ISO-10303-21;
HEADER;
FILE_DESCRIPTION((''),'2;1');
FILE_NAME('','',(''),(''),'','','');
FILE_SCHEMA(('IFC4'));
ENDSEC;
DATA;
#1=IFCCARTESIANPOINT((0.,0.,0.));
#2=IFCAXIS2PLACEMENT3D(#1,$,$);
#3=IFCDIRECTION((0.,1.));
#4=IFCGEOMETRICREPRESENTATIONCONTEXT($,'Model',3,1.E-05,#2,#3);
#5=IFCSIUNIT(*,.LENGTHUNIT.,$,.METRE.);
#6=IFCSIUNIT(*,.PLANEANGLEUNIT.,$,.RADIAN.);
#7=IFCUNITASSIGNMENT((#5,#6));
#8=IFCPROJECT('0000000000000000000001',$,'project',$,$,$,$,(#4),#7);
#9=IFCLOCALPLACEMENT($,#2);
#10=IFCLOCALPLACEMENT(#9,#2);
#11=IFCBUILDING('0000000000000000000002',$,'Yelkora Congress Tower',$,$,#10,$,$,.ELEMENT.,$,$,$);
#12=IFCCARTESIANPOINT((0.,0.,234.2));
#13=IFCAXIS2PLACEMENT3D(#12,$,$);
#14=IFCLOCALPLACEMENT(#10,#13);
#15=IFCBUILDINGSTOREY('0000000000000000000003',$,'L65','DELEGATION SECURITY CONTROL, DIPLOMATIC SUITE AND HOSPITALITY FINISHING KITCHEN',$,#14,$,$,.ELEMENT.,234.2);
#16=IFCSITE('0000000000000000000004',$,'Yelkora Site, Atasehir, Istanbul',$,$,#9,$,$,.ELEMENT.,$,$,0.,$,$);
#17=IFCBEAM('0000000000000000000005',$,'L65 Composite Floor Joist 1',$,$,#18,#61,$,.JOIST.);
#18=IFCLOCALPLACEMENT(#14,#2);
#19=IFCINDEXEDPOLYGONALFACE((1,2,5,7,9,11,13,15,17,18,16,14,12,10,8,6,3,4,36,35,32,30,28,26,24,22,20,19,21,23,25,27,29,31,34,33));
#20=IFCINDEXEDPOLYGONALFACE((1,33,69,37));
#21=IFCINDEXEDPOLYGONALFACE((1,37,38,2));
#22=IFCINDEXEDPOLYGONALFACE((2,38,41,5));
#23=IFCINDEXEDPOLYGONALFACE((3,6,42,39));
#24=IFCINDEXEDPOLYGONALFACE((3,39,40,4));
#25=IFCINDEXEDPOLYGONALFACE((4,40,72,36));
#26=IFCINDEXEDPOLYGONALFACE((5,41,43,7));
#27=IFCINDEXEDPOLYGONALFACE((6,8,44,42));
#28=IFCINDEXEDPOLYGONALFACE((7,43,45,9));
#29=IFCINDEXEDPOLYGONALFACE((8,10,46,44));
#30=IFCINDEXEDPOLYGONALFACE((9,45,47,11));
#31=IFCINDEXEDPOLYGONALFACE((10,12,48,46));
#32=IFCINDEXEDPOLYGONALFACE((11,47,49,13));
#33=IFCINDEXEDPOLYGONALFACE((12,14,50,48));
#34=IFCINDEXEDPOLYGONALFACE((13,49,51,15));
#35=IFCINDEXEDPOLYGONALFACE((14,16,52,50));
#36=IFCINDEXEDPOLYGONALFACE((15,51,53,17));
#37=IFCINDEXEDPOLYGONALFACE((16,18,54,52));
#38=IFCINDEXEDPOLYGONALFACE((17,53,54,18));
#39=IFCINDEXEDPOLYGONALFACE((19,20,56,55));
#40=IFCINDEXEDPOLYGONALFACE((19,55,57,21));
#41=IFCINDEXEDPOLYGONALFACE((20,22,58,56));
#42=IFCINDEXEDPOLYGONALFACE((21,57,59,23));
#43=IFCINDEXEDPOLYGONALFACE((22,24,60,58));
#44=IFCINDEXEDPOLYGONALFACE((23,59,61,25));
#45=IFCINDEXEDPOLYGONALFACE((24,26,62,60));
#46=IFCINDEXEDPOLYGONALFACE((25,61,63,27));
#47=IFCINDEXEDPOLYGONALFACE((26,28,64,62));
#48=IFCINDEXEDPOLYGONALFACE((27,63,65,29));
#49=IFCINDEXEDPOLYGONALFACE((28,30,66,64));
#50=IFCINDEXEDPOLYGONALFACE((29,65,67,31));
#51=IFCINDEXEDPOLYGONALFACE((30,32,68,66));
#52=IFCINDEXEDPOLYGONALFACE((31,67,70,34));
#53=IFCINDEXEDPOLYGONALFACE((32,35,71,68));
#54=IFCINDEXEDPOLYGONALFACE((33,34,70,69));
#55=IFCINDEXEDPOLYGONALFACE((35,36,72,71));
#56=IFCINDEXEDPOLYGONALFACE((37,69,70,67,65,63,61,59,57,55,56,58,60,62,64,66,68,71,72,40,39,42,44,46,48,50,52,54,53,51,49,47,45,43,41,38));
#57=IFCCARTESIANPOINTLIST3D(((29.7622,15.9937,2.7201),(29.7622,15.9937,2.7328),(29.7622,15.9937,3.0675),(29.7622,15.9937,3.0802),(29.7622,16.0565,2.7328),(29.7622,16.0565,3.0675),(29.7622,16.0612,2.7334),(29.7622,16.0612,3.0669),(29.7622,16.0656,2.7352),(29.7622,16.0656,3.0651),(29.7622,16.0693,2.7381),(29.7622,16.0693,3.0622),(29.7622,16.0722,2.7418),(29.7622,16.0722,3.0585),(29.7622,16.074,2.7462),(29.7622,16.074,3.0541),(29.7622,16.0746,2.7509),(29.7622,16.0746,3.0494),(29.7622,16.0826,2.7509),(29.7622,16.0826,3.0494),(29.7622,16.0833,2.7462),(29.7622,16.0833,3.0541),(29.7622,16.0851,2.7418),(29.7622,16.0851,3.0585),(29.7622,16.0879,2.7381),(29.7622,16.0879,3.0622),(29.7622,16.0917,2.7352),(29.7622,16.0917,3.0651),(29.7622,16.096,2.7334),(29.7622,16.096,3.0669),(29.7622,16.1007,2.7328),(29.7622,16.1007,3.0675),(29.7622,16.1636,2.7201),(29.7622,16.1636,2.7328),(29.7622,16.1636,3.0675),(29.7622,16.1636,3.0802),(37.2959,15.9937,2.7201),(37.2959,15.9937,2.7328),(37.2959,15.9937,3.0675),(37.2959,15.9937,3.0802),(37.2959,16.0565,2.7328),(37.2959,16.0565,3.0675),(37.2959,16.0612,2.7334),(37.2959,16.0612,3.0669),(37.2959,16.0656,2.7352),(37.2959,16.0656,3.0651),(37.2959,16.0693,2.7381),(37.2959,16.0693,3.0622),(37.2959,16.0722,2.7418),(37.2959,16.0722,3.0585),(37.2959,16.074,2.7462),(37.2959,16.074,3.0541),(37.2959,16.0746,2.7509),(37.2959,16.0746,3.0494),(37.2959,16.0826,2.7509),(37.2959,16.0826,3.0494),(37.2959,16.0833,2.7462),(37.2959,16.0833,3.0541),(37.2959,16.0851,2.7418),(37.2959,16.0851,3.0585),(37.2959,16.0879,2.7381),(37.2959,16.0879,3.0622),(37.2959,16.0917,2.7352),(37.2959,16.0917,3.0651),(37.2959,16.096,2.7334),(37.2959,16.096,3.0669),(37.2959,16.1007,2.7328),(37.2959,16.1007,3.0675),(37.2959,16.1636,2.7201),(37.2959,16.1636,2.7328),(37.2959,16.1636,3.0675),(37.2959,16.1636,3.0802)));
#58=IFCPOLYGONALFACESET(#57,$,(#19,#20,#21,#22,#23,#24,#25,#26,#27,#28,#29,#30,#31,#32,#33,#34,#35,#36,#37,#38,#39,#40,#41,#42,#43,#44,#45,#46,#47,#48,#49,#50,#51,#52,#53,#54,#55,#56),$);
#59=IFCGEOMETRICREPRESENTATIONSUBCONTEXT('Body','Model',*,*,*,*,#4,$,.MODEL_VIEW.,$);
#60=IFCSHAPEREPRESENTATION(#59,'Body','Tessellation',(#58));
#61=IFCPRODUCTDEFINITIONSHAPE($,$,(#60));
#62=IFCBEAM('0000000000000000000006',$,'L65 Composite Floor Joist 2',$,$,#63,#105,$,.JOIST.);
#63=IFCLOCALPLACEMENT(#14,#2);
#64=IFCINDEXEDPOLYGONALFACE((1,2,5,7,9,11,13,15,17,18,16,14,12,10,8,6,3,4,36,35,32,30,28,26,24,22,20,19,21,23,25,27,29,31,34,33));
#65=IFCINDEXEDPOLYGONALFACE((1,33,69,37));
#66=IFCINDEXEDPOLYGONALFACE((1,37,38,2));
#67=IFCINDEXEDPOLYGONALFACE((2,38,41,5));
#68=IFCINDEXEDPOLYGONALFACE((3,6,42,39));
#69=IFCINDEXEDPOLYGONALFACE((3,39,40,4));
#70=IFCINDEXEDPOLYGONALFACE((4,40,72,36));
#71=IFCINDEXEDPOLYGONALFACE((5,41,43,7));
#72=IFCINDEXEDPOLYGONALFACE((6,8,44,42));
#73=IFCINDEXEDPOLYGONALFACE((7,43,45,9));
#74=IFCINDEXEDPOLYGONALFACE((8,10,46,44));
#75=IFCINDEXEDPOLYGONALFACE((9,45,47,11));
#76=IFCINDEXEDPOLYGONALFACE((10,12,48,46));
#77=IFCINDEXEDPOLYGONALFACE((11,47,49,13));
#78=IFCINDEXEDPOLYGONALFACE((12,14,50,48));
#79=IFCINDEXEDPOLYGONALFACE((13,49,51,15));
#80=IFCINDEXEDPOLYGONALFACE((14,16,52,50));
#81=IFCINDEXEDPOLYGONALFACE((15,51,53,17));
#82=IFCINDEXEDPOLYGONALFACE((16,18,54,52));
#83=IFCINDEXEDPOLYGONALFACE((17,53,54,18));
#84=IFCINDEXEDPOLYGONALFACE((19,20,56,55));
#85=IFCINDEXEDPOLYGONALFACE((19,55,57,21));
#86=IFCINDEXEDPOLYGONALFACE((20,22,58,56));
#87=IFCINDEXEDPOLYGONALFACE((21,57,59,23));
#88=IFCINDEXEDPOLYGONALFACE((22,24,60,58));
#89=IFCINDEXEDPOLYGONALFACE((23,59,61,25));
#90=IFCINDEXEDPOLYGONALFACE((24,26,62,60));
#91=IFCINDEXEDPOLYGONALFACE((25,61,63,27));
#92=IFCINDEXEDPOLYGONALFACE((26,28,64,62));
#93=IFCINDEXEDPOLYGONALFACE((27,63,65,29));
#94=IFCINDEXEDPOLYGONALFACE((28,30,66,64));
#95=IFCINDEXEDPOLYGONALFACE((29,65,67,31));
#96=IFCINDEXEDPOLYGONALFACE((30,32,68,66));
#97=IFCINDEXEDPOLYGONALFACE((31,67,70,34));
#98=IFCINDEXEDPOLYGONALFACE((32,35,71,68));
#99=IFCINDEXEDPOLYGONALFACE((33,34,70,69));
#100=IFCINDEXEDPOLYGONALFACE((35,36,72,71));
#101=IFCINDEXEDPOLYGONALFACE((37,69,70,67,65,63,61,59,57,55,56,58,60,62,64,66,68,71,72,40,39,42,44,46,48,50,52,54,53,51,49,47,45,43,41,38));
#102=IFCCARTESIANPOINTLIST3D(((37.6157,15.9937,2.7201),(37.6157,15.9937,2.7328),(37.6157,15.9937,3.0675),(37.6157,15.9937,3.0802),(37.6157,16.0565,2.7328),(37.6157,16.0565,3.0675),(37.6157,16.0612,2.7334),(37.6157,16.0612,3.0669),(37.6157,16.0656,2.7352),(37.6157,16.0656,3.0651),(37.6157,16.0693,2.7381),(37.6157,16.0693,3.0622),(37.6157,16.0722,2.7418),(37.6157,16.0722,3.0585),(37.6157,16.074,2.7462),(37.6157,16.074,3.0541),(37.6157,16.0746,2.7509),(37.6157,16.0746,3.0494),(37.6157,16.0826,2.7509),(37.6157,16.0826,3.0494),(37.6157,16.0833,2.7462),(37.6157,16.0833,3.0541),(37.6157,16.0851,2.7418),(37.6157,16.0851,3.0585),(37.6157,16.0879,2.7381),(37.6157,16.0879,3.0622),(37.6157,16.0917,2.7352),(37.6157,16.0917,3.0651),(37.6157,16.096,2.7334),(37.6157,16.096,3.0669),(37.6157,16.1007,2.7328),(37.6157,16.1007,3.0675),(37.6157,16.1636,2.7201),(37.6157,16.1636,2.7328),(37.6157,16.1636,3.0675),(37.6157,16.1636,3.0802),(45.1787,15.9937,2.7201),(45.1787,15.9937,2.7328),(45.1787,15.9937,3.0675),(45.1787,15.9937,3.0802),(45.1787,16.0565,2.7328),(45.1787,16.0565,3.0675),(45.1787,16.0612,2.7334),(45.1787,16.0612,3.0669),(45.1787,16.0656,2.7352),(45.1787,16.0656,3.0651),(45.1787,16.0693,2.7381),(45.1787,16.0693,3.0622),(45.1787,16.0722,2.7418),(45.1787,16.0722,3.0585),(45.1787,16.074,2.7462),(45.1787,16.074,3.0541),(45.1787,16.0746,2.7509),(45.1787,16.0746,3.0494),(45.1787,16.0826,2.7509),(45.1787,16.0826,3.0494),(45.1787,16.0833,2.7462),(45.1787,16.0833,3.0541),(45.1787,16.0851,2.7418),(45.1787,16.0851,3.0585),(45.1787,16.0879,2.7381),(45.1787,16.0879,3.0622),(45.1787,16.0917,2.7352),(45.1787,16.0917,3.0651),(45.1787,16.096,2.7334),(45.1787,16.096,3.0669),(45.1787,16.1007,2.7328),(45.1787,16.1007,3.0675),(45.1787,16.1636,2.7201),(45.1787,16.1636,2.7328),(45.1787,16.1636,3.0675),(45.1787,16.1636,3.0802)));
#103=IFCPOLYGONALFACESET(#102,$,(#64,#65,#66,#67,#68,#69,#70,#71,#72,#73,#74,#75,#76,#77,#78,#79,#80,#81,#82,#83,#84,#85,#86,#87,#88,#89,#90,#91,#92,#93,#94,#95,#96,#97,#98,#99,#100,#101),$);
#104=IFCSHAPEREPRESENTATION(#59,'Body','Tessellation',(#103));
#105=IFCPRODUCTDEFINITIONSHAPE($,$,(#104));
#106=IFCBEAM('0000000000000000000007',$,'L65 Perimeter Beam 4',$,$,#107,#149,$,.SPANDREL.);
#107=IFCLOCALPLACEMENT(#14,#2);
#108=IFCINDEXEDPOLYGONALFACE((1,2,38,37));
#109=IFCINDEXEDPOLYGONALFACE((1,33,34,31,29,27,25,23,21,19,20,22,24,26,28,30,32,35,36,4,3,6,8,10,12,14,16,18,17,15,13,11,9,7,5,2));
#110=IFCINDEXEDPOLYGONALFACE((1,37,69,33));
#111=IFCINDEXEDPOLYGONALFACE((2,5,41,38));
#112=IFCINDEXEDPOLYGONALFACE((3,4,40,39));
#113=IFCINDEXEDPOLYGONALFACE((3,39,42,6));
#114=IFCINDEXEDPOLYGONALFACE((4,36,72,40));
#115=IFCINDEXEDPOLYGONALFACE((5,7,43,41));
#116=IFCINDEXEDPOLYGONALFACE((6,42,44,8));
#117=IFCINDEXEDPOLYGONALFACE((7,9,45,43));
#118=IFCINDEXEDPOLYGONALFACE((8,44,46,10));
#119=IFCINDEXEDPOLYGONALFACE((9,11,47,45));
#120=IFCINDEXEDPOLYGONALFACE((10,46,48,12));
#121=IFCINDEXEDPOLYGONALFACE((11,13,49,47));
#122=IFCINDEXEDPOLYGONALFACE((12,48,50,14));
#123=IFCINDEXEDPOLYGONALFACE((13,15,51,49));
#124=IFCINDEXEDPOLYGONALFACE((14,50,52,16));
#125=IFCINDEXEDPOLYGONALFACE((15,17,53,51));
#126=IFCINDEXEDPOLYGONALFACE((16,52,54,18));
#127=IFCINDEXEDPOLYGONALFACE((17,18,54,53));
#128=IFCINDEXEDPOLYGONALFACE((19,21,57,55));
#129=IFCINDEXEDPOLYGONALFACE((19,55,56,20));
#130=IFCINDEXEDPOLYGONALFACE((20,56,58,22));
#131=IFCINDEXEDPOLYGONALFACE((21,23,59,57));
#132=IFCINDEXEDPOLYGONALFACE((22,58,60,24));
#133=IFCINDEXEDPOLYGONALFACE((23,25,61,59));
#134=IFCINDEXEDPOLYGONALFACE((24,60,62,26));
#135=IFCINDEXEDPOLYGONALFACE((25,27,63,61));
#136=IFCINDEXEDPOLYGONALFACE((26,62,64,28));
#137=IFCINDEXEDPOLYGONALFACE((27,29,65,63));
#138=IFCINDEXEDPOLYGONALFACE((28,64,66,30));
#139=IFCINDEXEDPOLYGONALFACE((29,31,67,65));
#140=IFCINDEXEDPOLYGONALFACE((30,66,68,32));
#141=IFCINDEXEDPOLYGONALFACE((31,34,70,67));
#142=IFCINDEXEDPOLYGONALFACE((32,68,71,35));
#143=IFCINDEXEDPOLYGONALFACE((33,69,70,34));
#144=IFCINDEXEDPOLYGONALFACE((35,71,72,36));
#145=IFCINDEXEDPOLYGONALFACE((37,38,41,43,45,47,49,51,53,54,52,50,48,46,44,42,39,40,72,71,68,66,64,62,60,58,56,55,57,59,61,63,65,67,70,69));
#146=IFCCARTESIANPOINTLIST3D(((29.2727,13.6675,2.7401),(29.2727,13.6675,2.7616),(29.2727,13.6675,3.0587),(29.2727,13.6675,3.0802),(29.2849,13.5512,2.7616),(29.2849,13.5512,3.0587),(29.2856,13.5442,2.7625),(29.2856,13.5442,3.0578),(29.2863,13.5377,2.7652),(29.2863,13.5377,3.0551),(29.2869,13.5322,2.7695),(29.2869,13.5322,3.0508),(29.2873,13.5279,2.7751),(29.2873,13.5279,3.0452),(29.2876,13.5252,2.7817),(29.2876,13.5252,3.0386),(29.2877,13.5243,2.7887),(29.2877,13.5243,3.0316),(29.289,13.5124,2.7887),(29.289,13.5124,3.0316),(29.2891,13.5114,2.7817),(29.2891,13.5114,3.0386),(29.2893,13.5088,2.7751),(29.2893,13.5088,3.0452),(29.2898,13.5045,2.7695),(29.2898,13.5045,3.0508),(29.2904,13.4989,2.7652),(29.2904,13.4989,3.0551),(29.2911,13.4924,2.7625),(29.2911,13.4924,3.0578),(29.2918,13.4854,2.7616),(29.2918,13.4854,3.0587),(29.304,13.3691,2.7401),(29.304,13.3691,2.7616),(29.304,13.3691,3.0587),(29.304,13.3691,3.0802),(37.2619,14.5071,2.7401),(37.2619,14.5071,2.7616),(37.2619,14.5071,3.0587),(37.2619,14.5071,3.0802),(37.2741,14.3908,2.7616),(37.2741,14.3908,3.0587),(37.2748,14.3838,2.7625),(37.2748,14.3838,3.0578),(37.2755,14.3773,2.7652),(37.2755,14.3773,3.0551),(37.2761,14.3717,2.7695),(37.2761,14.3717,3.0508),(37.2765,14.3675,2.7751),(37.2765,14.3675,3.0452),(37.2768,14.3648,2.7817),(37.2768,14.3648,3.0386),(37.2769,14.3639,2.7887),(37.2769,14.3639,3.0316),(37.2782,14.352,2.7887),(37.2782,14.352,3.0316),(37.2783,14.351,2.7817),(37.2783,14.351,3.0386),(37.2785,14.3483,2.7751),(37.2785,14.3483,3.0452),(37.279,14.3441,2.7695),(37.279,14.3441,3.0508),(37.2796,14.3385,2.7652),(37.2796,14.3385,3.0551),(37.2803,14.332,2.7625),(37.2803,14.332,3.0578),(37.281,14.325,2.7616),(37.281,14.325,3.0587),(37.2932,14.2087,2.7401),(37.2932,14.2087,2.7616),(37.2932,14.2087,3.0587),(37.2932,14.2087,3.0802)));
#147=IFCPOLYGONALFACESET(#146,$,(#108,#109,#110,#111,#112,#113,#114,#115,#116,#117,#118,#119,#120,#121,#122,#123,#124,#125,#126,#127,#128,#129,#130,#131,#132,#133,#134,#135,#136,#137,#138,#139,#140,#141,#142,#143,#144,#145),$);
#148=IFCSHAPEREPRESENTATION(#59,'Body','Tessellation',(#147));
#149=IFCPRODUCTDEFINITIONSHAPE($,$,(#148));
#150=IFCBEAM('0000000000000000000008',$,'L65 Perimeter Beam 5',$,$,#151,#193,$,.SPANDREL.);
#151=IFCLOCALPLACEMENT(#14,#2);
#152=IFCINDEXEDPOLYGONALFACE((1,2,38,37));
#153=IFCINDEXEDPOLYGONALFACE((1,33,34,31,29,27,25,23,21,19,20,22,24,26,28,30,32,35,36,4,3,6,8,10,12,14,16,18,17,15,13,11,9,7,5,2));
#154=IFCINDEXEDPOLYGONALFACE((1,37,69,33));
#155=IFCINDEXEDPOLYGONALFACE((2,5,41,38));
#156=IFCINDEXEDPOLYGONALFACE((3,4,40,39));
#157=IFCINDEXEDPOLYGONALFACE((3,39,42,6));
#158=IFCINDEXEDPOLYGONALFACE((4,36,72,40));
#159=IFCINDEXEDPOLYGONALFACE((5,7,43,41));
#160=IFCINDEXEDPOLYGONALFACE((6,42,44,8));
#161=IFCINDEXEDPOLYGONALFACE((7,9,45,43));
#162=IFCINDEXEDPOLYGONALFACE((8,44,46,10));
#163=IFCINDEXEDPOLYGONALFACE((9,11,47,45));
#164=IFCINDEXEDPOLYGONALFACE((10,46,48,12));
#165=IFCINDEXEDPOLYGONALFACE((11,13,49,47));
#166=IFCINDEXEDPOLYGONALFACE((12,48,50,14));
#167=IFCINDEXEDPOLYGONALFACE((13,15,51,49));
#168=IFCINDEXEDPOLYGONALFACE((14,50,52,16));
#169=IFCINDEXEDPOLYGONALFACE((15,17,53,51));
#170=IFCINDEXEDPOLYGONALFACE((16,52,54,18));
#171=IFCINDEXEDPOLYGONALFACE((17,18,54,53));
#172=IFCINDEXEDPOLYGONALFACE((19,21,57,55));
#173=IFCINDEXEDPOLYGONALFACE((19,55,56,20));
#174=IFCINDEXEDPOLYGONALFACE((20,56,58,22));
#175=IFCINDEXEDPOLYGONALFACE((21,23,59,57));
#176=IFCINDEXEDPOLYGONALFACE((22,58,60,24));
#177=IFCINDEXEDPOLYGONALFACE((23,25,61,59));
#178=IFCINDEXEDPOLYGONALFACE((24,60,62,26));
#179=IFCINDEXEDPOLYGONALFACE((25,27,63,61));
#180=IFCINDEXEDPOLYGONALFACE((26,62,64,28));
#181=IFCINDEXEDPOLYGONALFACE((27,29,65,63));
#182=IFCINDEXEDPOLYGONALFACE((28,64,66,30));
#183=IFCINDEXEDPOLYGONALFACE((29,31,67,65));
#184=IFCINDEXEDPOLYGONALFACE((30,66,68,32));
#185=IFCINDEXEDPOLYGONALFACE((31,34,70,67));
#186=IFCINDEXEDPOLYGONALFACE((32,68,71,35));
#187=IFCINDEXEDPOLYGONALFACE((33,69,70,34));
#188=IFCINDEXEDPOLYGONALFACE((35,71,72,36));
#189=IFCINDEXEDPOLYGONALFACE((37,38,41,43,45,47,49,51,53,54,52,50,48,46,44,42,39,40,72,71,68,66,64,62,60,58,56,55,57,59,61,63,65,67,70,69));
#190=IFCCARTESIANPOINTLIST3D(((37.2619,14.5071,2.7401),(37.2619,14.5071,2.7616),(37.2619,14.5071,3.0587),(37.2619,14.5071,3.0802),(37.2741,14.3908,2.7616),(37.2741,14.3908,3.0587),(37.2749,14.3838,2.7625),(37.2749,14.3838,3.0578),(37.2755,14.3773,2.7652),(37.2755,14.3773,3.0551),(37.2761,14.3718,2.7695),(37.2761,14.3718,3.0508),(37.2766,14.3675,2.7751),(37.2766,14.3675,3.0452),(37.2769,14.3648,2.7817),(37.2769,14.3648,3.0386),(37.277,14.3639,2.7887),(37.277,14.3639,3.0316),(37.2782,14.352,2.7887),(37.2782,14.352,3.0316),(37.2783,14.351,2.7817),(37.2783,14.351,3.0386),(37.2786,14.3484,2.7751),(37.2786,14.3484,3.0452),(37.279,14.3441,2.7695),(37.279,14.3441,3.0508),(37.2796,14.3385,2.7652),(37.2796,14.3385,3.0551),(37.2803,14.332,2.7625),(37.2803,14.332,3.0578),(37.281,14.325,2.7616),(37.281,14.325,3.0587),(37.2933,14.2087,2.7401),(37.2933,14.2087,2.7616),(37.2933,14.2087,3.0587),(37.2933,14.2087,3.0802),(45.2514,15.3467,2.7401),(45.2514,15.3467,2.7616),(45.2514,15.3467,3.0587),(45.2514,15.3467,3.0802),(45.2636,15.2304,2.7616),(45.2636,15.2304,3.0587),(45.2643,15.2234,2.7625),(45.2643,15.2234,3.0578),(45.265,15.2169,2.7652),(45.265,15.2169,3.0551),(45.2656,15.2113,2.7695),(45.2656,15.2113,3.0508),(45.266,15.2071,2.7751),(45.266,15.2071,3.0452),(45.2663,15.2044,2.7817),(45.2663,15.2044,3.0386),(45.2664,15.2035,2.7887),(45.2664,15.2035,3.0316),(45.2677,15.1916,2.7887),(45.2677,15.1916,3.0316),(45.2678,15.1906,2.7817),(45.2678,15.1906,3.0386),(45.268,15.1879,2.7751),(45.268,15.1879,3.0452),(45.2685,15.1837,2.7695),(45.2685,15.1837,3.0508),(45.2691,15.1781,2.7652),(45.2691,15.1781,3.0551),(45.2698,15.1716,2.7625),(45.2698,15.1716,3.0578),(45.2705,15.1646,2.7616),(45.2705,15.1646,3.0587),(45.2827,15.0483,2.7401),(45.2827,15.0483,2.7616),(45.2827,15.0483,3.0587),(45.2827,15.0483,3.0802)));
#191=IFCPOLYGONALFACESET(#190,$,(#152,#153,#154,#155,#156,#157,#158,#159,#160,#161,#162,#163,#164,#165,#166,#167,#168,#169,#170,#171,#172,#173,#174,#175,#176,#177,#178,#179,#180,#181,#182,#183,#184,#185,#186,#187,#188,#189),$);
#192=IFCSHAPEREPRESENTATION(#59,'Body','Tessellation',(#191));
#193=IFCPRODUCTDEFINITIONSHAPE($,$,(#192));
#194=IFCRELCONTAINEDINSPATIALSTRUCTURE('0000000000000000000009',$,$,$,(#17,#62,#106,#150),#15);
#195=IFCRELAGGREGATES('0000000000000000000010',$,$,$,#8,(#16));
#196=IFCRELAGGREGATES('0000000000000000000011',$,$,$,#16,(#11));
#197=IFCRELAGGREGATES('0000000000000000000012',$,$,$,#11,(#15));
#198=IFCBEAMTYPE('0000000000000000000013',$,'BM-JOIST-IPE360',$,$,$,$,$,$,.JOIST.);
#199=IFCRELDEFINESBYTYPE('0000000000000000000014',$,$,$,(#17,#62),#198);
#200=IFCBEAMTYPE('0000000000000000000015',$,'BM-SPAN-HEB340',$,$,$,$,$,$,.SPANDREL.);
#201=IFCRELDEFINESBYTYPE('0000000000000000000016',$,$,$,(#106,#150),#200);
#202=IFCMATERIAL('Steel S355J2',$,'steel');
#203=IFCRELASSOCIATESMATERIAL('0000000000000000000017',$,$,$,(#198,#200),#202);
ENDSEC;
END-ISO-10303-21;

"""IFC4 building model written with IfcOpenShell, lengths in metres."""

from ifc_helpers import new_model, si_unit, direction, frame, origin, origin_2d, place, context, subcontext, project, spatial, i_section, extrude, material, material_profile, profile_set, type_object, element, save


model = new_model("IFC4")

# Units and contexts
model_context = context("Model", 3, precision=1e-05, world=origin(), true_north=direction((0.0, 1.0)))
body_context = subcontext(model_context, "Body", "Model", "MODEL_VIEW")
ifc_project = project(units=[si_unit("LENGTHUNIT", "METRE"), si_unit("PLANEANGLEUNIT", "RADIAN")], contexts=[model_context])

# Site, building, storey
site_placement = place(None, origin())
site = spatial("IfcSite", under=ifc_project, at=site_placement, Name="Yelkora Site, Atasehir, Istanbul", CompositionType="ELEMENT", RefElevation=0.0)
building_placement = place(site_placement, origin())
building = spatial("IfcBuilding", under=site, at=building_placement, Name="Yelkora Congress Tower", CompositionType="ELEMENT")
storey_placement = place(building_placement, frame((0.0, 0.0, 234.2)))
storey = spatial("IfcBuildingStorey", under=building, at=storey_placement, Name="L65", Description="DELEGATION SECURITY CONTROL, DIPLOMATIC SUITE AND HOSPITALITY FINISHING KITCHEN", CompositionType="ELEMENT", Elevation=234.2)

# Shared definitions
ifc_material_1 = material(Name="Steel S355J2", Category="steel")

# Beams
ifc_material_profile_1 = material_profile(ifc_material_1, i_section(OverallWidth=0.1699, OverallDepth=0.3601, WebThickness=0.0081, FlangeThickness=0.0127, FilletRadius=0.0181, at=origin_2d()), Name="IPE 360")
ifc_profile_set_1 = profile_set([ifc_material_profile_1], Name="Steel S355J2")
beam_type_1 = type_object("IfcBeamType", Name="BM-JOIST-IPE360", PredefinedType="JOIST", material=ifc_profile_set_1)
beam_1_placement = place(storey_placement, frame((29.7622, 16.0786, 2.9001), z_axis=(1.0, 0.0, 0.0), x_axis=(0.0, 1.0, 0.0)))
element("IfcBeam", 1, at=beam_1_placement, inside=storey, type_object=beam_type_1, Name="L65 Composite Floor Joist 1", PredefinedType="JOIST", context=body_context, shape_type="SweptSolid", body=[
    extrude(i_section(OverallWidth=0.1699, OverallDepth=0.3601, WebThickness=0.0081, FlangeThickness=0.0127, FilletRadius=0.0181, at=origin_2d()), origin(), (0.0, 0.0, 1.0), 7.5337),
])
beam_2_placement = place(storey_placement, frame((37.6157, 16.0786, 2.9001), z_axis=(1.0, 0.0, 0.0), x_axis=(0.0, 1.0, 0.0)))
element("IfcBeam", 2, at=beam_2_placement, inside=storey, type_object=beam_type_1, Name="L65 Composite Floor Joist 2", PredefinedType="JOIST", context=body_context, shape_type="SweptSolid", body=[
    extrude(i_section(OverallWidth=0.1699, OverallDepth=0.3601, WebThickness=0.0081, FlangeThickness=0.0127, FilletRadius=0.0181, at=origin_2d()), origin(), (0.0, 0.0, 1.0), 7.563),
])
ifc_material_profile_2 = material_profile(ifc_material_1, i_section(OverallWidth=0.3, OverallDepth=0.3401, WebThickness=0.012, FlangeThickness=0.0215, FilletRadius=0.0271, at=origin_2d()), Name="HEB 340")
ifc_profile_set_2 = profile_set([ifc_material_profile_2], Name="Steel S355J2")
beam_type_2 = type_object("IfcBeamType", Name="BM-SPAN-HEB340", PredefinedType="SPANDREL", material=ifc_profile_set_2)
beam_3_placement = place(storey_placement, frame((29.2883, 13.5183, 2.9102), z_axis=(0.994523, 0.104516, 0.0), x_axis=(-0.104516, 0.994523, 0.0)))
element("IfcBeam", 3, at=beam_3_placement, inside=storey, type_object=beam_type_2, Name="L65 Perimeter Beam 4", PredefinedType="SPANDREL", context=body_context, shape_type="SweptSolid", body=[
    extrude(i_section(OverallWidth=0.3, OverallDepth=0.3401, WebThickness=0.012, FlangeThickness=0.0215, FilletRadius=0.0271, at=origin_2d()), origin(), (0.0, 0.0, 1.0), 8.0332),
])
beam_4_placement = place(storey_placement, frame((37.2776, 14.3579, 2.9102), z_axis=(0.994524, 0.104512, 0.0), x_axis=(-0.104512, 0.994524, 0.0)))
element("IfcBeam", 4, at=beam_4_placement, inside=storey, type_object=beam_type_2, Name="L65 Perimeter Beam 5", PredefinedType="SPANDREL", context=body_context, shape_type="SweptSolid", body=[
    extrude(i_section(OverallWidth=0.3, OverallDepth=0.3401, WebThickness=0.012, FlangeThickness=0.0215, FilletRadius=0.0271, at=origin_2d()), origin(), (0.0, 0.0, 1.0), 8.0334),
])

save(model, "model.ifc")
